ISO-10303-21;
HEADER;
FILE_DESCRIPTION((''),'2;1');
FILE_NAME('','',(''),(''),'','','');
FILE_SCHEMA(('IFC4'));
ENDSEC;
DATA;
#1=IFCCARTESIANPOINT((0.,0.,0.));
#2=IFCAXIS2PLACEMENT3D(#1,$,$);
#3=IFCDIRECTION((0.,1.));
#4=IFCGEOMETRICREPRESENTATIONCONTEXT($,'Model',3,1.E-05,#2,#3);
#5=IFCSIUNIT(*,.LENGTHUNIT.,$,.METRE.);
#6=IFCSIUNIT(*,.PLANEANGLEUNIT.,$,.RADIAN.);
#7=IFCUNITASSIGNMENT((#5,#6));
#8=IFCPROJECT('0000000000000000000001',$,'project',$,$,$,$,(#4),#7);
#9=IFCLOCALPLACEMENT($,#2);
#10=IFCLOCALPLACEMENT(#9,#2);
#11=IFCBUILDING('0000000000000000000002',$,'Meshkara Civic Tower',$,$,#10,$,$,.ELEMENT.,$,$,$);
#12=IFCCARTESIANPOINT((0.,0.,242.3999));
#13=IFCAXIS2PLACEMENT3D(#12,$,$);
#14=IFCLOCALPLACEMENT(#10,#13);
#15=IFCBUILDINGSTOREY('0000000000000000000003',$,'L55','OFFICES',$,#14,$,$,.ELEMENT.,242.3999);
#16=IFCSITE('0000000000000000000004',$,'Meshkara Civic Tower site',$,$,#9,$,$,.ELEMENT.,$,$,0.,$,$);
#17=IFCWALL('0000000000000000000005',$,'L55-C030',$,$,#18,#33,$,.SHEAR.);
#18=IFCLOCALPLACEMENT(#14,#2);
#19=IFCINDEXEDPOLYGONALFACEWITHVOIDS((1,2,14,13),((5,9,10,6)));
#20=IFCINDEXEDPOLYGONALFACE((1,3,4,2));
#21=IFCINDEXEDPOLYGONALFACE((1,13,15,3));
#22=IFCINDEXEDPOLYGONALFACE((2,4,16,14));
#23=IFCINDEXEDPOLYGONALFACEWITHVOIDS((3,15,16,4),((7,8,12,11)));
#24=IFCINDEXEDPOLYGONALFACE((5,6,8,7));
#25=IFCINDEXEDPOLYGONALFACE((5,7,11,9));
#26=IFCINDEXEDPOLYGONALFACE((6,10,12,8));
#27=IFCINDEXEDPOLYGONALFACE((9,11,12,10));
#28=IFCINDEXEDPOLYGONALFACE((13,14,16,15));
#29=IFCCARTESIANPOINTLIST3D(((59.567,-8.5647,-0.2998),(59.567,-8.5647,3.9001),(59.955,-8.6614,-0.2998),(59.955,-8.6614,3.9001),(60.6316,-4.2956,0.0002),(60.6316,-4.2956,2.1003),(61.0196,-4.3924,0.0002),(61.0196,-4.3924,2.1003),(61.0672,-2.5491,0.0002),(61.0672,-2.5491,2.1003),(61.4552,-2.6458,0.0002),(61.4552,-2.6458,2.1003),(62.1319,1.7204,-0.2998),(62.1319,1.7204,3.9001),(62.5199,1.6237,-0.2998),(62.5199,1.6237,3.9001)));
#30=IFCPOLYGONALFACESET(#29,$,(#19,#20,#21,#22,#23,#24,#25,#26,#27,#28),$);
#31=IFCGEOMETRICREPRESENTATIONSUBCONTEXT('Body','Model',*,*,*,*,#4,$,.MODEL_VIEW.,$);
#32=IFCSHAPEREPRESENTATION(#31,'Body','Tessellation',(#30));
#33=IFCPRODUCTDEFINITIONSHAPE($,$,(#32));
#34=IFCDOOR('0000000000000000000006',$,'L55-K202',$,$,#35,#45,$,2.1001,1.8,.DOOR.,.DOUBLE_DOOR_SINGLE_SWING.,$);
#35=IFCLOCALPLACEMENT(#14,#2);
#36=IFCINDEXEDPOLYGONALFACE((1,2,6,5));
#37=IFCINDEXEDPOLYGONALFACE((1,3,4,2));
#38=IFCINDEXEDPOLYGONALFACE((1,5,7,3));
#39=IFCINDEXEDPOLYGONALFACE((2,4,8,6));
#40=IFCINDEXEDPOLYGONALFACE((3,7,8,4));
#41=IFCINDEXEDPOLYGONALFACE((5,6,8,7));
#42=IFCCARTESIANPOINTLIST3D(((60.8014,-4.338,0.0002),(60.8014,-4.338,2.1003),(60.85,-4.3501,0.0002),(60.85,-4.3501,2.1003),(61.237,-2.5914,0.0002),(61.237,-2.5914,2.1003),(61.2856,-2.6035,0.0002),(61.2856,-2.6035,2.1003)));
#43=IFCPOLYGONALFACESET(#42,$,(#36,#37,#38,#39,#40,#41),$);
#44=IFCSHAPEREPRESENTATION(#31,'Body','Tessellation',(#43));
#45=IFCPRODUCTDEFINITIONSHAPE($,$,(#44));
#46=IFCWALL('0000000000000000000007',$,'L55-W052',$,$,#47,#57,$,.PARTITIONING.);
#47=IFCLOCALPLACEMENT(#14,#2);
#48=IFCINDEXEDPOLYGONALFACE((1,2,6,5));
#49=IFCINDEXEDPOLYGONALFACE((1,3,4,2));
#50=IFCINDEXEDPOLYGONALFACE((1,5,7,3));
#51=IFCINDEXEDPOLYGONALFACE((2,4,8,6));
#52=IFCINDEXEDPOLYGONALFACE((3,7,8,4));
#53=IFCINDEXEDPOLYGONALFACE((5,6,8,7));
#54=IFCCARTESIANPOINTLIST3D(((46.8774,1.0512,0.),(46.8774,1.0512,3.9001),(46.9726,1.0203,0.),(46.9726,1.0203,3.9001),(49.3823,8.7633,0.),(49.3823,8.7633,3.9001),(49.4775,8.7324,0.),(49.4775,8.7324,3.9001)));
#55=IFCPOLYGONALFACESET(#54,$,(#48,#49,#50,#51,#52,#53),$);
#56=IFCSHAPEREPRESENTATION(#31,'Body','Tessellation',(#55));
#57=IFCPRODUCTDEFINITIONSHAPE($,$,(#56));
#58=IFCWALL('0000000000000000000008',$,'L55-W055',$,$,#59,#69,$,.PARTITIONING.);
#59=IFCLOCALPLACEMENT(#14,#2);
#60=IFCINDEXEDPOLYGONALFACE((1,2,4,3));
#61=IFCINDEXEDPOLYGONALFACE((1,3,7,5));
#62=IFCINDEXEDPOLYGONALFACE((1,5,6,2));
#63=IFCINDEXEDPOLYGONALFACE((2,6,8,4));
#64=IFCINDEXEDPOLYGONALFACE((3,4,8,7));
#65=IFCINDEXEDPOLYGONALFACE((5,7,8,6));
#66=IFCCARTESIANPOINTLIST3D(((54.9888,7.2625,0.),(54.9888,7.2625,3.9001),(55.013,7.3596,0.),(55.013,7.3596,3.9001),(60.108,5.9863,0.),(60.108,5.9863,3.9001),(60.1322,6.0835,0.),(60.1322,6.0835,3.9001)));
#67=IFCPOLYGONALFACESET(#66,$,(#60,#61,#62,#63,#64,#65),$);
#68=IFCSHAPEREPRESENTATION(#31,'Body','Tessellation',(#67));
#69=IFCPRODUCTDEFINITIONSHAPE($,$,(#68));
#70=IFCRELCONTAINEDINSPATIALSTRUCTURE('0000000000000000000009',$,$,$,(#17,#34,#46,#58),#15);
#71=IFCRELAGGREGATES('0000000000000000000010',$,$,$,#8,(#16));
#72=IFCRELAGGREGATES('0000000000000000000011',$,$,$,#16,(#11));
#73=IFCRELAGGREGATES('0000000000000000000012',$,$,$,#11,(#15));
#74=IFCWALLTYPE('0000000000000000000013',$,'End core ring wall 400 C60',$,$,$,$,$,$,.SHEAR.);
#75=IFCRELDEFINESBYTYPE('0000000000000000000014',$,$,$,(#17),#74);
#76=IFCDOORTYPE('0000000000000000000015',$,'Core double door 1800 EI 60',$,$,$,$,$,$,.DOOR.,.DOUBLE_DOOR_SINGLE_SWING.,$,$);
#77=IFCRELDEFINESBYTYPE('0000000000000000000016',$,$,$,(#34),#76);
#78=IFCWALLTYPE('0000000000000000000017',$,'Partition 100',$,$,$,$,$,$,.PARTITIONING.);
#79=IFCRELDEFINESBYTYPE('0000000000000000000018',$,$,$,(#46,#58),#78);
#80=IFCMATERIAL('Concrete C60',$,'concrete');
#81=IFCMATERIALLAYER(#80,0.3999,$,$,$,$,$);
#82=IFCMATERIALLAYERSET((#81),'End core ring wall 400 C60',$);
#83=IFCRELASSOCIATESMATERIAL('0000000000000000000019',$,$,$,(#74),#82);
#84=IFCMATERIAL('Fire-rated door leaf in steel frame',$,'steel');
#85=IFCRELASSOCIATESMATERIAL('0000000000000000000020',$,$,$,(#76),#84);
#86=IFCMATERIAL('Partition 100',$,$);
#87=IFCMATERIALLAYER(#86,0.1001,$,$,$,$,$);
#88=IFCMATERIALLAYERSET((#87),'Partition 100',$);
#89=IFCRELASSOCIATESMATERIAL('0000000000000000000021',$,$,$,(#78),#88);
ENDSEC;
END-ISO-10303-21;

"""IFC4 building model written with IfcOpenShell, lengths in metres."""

from ifc_helpers import new_model, si_unit, direction, frame, frame_2d, origin, place, context, subcontext, project, spatial, rectangle, extrude, material, layer, layer_set, type_object, element, fill, save


model = new_model("IFC4")

# Units and contexts
model_context = context("Model", 3, precision=1e-05, world=origin(), true_north=direction((0.0, 1.0)))
body_context = subcontext(model_context, "Body", "Model", "MODEL_VIEW")
ifc_project = project(units=[si_unit("LENGTHUNIT", "METRE"), si_unit("PLANEANGLEUNIT", "RADIAN")], contexts=[model_context])

# Site, building, storey
site_placement = place(None, origin())
site = spatial("IfcSite", under=ifc_project, at=site_placement, Name="Meshkara Civic Tower site", CompositionType="ELEMENT", RefElevation=0.0)
building_placement = place(site_placement, origin())
building = spatial("IfcBuilding", under=site, at=building_placement, Name="Meshkara Civic Tower", CompositionType="ELEMENT")
storey_placement = place(building_placement, frame((0.0, 0.0, 242.3999)))
storey = spatial("IfcBuildingStorey", under=building, at=storey_placement, Name="L55", Description="OFFICES", CompositionType="ELEMENT", Elevation=242.3999)

# Shared definitions
ifc_material_1 = material(Name="Concrete C60", Category="concrete")
ifc_layer_1 = layer(ifc_material_1, 0.3999)
ifc_layer_set_1 = layer_set([ifc_layer_1], Name="End core ring wall 400 C60")
wall_type_1 = type_object("IfcWallType", Name="End core ring wall 400 C60", PredefinedType="SHEAR", material=ifc_layer_set_1)

# Wall, opening, door
wall_1_placement = place(storey_placement, frame((59.761, -8.613, -0.2998), z_axis=(0.0, 0.0, 1.0), x_axis=(0.241972, 0.970283, 0.0)))
wall_1 = element("IfcWall", 1, at=wall_1_placement, inside=storey, type_object=wall_type_1, Name="L55-C030", PredefinedType="SHEAR", context=body_context, shape_type="SweptSolid", body=[
    extrude(rectangle(XDim=10.6001, YDim=0.3999, at=frame_2d((5.3, 0.0))), origin(), (0.0, 0.0, 1.0), 4.2),
])
opening_1_placement = place(wall_1_placement, frame((4.3999, 0.0, 0.3)))
opening_1 = element("IfcOpeningElement", 2, at=opening_1_placement, cuts=wall_1, PredefinedType="OPENING", context=body_context, shape_type="SweptSolid", body=[
    extrude(rectangle(XDim=1.8, YDim=2.1001, at=frame_2d((0.8999, 1.05))), frame((0.0, 0.21, 0.0), z_axis=(0.0, -1.0, 0.0), x_axis=(1.0, 0.0, 0.0)), (0.0, 0.0, 1.0), 0.4199),
])
ifc_material_2 = material(Name="Fire-rated door leaf in steel frame", Category="steel")
door_type_1 = type_object("IfcDoorType", Name="Core double door 1800 EI 60", OperationType="DOUBLE_DOOR_SINGLE_SWING", PredefinedType="DOOR", material=ifc_material_2)
door_1_placement = place(opening_1_placement, origin())
door_1 = element("IfcDoor", 3, at=door_1_placement, inside=storey, type_object=door_type_1, Name="L55-K202", OperationType="DOUBLE_DOOR_SINGLE_SWING", OverallHeight=2.1001, OverallWidth=1.8, PredefinedType="DOOR", context=body_context, shape_type="SweptSolid", body=[
    extrude(rectangle(XDim=1.8, YDim=2.1001, at=frame_2d((0.8999, 1.05))), frame((0.0, 0.0249, 0.0), z_axis=(0.0, -1.0, 0.0), x_axis=(1.0, 0.0, 0.0)), (0.0, 0.0, 1.0), 0.05),
])
fill(opening_1, door_1)

# Walls
ifc_material_3 = material(Name="Partition 100")
ifc_layer_2 = layer(ifc_material_3, 0.1001)
ifc_layer_set_2 = layer_set([ifc_layer_2], Name="Partition 100")
wall_type_2 = type_object("IfcWallType", Name="Partition 100", PredefinedType="PARTITIONING", material=ifc_layer_set_2)
wall_2_placement = place(storey_placement, frame((46.925, 1.0359, 0.0), z_axis=(0.0, 0.0, 1.0), x_axis=(0.308911, 0.951091, 0.0)))
element("IfcWall", 4, at=wall_2_placement, inside=storey, type_object=wall_type_2, Name="L55-W052", PredefinedType="PARTITIONING", context=body_context, shape_type="SweptSolid", body=[
    extrude(rectangle(XDim=8.1086, YDim=0.1001, at=frame_2d((4.0542, 0.0))), origin(), (0.0, 0.0, 1.0), 3.9001),
])
wall_3_placement = place(storey_placement, frame((60.1201, 6.0349, 0.0), z_axis=(0.0, 0.0, 1.0), x_axis=(-0.970306, 0.241882, 0.0)))
element("IfcWall", 5, at=wall_3_placement, inside=storey, type_object=wall_type_2, Name="L55-W055", PredefinedType="PARTITIONING", context=body_context, shape_type="SweptSolid", body=[
    extrude(rectangle(XDim=5.2759, YDim=0.1001, at=frame_2d((2.6379, 0.0))), origin(), (0.0, 0.0, 1.0), 3.9001),
])

save(model, "model.ifc")
